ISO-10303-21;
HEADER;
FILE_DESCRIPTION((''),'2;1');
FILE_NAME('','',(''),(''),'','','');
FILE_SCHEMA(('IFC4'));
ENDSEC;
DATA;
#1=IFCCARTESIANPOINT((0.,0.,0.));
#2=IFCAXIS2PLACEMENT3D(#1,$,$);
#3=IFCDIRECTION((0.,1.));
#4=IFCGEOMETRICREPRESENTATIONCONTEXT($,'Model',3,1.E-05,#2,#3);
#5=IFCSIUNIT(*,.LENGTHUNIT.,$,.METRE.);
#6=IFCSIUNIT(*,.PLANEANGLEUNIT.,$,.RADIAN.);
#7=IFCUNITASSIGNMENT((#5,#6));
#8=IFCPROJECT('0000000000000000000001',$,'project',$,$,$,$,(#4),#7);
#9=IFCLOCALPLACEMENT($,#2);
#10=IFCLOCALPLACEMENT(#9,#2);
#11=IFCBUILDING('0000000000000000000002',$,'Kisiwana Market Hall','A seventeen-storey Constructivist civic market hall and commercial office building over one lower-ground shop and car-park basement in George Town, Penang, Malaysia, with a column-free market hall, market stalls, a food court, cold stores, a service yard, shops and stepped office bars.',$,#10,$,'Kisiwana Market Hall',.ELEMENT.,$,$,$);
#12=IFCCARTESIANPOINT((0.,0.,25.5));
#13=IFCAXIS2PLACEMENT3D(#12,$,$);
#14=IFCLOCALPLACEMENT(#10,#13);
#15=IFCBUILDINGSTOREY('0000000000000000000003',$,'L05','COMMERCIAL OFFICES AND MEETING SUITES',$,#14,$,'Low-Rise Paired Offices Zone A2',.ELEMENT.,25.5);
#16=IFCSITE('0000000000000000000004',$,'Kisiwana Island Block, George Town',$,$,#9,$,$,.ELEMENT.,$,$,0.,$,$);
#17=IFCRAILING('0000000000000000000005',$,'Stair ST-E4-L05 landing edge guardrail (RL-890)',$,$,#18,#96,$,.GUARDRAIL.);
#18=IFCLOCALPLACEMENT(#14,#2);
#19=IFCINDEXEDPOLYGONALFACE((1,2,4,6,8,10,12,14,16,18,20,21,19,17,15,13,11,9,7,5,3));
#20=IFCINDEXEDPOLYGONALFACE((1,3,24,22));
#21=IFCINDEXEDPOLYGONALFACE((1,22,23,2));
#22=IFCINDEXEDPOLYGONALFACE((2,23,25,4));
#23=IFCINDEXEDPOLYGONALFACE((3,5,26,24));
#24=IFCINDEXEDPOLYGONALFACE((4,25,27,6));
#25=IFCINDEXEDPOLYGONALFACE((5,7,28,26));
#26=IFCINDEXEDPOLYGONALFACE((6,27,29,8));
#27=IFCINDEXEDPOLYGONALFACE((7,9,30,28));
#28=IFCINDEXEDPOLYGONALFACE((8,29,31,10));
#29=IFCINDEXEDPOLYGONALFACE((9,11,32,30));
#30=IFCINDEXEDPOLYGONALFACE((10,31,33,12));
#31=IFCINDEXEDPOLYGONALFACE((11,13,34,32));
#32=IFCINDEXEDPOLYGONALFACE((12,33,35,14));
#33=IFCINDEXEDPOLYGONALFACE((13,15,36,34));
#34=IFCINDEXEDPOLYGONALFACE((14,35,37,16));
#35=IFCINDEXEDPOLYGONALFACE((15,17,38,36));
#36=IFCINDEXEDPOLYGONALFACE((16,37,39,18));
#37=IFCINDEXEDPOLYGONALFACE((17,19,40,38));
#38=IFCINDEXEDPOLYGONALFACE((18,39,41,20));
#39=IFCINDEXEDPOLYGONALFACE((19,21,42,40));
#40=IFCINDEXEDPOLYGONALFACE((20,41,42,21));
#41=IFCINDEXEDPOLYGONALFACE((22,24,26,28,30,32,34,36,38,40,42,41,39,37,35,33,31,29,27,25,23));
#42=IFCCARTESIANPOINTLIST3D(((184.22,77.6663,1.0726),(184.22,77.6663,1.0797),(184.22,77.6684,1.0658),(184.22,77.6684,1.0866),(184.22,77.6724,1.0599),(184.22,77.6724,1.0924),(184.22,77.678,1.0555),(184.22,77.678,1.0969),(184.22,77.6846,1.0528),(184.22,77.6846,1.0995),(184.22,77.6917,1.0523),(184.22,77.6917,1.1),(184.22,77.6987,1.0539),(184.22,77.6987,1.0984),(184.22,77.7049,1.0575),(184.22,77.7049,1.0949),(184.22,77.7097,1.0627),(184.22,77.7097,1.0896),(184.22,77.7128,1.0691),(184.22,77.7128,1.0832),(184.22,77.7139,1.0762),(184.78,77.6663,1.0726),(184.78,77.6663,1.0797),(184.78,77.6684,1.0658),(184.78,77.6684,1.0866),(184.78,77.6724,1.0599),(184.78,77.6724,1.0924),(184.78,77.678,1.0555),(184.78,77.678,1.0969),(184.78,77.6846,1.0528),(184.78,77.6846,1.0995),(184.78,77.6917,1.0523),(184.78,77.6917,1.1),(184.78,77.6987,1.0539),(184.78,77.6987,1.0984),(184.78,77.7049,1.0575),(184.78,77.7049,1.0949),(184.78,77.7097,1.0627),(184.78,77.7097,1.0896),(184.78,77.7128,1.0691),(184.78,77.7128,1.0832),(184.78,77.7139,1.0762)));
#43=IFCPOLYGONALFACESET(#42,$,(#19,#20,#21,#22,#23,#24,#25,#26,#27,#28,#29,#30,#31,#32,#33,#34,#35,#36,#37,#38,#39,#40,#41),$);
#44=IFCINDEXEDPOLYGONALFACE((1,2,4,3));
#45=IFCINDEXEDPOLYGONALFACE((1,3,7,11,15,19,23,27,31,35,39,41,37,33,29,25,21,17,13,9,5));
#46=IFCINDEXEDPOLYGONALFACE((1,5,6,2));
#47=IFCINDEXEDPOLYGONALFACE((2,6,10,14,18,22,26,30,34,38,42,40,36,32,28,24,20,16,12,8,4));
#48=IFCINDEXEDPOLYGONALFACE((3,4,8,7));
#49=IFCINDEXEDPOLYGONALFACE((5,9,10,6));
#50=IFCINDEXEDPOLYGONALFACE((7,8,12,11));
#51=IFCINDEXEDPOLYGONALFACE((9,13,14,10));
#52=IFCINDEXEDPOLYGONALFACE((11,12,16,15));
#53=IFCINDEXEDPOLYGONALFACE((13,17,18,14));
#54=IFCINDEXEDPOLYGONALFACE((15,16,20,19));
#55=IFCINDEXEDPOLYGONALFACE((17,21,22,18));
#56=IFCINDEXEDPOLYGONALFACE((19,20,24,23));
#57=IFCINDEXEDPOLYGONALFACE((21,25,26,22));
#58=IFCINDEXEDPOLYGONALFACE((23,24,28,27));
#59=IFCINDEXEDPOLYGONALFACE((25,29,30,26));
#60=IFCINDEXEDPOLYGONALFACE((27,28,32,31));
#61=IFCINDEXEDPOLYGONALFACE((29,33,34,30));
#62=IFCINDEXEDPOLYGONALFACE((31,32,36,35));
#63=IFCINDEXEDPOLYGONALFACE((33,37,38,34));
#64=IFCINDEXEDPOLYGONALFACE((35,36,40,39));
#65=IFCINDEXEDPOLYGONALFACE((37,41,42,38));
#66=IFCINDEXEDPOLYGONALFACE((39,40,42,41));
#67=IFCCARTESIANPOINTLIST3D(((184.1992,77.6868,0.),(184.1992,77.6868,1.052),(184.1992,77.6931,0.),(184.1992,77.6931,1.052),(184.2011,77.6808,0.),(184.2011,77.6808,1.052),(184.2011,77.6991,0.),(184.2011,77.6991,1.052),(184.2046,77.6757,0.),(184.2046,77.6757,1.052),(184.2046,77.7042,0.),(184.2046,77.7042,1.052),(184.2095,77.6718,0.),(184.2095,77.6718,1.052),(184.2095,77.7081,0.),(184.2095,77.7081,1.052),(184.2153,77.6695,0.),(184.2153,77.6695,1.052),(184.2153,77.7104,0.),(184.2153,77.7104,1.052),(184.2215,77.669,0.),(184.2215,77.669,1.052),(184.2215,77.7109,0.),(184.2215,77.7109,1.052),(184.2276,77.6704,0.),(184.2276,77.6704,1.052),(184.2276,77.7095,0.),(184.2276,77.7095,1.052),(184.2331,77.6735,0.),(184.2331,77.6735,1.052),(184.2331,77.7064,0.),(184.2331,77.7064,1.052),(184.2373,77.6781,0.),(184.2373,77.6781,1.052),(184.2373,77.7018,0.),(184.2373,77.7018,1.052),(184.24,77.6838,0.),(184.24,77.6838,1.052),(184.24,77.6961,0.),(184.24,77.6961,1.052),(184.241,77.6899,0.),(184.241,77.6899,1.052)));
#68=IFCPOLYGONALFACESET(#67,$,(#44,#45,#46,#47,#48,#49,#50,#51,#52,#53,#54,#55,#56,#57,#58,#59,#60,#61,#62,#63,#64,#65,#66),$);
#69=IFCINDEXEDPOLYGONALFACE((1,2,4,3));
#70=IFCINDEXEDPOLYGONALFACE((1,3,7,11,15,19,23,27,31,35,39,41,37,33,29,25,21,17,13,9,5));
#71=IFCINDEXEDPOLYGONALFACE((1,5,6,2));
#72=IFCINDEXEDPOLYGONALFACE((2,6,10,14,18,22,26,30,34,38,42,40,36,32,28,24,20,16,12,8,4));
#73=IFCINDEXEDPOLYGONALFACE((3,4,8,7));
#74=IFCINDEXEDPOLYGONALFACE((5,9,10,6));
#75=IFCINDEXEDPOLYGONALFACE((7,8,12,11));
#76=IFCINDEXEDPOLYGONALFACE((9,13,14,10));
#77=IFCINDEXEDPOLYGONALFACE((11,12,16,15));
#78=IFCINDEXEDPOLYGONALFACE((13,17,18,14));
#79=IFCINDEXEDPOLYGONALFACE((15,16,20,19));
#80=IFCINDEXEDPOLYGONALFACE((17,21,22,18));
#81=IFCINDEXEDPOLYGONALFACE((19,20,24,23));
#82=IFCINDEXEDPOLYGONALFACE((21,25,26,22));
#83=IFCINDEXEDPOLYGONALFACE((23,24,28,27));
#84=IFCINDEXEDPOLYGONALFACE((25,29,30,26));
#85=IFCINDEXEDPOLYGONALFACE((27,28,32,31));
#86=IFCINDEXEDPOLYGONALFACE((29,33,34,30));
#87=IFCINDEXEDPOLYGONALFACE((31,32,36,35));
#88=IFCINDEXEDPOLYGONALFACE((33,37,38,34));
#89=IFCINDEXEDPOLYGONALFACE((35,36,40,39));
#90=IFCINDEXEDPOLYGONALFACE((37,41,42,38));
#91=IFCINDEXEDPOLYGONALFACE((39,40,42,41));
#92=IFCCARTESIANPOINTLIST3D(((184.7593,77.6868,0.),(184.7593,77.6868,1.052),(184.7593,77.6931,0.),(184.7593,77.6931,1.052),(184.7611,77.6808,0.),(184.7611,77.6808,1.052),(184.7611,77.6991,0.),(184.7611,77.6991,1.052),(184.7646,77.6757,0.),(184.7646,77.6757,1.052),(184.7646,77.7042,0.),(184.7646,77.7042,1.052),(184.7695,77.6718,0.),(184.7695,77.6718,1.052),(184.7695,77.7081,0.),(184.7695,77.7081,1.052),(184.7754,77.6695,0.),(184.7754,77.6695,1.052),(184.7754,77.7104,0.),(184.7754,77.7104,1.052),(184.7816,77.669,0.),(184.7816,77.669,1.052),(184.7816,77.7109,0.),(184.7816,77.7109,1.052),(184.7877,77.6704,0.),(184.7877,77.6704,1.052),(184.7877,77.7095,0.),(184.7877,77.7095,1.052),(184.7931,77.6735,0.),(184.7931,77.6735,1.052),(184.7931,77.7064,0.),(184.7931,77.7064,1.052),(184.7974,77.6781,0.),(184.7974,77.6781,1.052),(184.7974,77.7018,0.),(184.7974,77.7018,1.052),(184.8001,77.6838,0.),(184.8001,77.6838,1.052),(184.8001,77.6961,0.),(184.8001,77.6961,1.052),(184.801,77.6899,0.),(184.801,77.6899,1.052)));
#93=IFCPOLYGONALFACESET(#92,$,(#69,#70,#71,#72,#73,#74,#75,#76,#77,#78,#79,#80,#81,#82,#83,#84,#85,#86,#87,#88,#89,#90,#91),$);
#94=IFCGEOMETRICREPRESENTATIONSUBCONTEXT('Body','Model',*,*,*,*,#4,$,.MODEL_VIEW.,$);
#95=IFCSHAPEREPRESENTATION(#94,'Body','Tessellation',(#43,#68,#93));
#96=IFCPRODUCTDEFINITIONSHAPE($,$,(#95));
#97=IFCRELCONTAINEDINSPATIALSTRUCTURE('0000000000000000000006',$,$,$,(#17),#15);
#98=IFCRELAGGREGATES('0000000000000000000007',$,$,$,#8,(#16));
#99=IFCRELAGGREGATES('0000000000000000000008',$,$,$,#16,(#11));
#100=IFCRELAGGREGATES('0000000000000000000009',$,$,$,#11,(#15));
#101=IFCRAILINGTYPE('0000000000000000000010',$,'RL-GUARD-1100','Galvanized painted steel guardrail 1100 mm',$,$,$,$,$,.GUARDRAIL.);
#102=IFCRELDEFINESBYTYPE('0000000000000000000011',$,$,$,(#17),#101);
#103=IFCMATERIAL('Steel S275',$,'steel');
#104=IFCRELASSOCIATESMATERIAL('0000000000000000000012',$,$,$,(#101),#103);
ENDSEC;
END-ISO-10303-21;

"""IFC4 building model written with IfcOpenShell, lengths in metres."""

from ifc_helpers import new_model, si_unit, direction, frame, origin, origin_2d, place, context, subcontext, project, spatial, circle, extrude, material, type_object, element, save


model = new_model("IFC4")

# Units and contexts
model_context = context("Model", 3, precision=1e-05, world=origin(), true_north=direction((0.0, 1.0)))
body_context = subcontext(model_context, "Body", "Model", "MODEL_VIEW")
ifc_project = project(units=[si_unit("LENGTHUNIT", "METRE"), si_unit("PLANEANGLEUNIT", "RADIAN")], contexts=[model_context])

# Site, building, storey
site_placement = place(None, origin())
site = spatial("IfcSite", under=ifc_project, at=site_placement, Name="Kisiwana Island Block, George Town", CompositionType="ELEMENT", RefElevation=0.0)
building_placement = place(site_placement, origin())
building = spatial("IfcBuilding", under=site, at=building_placement, Name="Kisiwana Market Hall", Description="A seventeen-storey Constructivist civic market hall and commercial office building over one lower-ground shop and car-park basement in George Town, Penang, Malaysia, with a column-free market hall, market stalls, a food court, cold stores, a service yard, shops and stepped office bars.", LongName="Kisiwana Market Hall", CompositionType="ELEMENT")
storey_placement = place(building_placement, frame((0.0, 0.0, 25.5)))
storey = spatial("IfcBuildingStorey", under=building, at=storey_placement, Name="L05", Description="COMMERCIAL OFFICES AND MEETING SUITES", LongName="Low-Rise Paired Offices Zone A2", CompositionType="ELEMENT", Elevation=25.5)

# Railing
ifc_material_1 = material(Name="Steel S275", Category="steel")
railing_type_1 = type_object("IfcRailingType", Name="RL-GUARD-1100", Description="Galvanized painted steel guardrail 1100 mm", PredefinedType="GUARDRAIL", material=ifc_material_1)
railing_1_placement = place(storey_placement, frame((184.22, 77.6899, 0.0)))
element("IfcRailing", 1, at=railing_1_placement, inside=storey, type_object=railing_type_1, Name="Stair ST-E4-L05 landing edge guardrail (RL-890)", PredefinedType="GUARDRAIL", context=body_context, shape_type="SweptSolid", body=[
    extrude(circle(Radius=0.0239, at=origin_2d()), frame((0.0, 0.0, 1.0762), z_axis=(1.0, 0.0, 0.0), x_axis=(0.0, 1.0, 0.0)), (0.0, 0.0, 1.0), 0.5601),
    extrude(circle(Radius=0.021, at=origin_2d()), origin(), (0.0, 0.0, 1.0), 1.052),
    extrude(circle(Radius=0.021, at=origin_2d()), frame((0.5601, 0.0, 0.0)), (0.0, 0.0, 1.0), 1.052),
])

save(model, "model.ifc")
